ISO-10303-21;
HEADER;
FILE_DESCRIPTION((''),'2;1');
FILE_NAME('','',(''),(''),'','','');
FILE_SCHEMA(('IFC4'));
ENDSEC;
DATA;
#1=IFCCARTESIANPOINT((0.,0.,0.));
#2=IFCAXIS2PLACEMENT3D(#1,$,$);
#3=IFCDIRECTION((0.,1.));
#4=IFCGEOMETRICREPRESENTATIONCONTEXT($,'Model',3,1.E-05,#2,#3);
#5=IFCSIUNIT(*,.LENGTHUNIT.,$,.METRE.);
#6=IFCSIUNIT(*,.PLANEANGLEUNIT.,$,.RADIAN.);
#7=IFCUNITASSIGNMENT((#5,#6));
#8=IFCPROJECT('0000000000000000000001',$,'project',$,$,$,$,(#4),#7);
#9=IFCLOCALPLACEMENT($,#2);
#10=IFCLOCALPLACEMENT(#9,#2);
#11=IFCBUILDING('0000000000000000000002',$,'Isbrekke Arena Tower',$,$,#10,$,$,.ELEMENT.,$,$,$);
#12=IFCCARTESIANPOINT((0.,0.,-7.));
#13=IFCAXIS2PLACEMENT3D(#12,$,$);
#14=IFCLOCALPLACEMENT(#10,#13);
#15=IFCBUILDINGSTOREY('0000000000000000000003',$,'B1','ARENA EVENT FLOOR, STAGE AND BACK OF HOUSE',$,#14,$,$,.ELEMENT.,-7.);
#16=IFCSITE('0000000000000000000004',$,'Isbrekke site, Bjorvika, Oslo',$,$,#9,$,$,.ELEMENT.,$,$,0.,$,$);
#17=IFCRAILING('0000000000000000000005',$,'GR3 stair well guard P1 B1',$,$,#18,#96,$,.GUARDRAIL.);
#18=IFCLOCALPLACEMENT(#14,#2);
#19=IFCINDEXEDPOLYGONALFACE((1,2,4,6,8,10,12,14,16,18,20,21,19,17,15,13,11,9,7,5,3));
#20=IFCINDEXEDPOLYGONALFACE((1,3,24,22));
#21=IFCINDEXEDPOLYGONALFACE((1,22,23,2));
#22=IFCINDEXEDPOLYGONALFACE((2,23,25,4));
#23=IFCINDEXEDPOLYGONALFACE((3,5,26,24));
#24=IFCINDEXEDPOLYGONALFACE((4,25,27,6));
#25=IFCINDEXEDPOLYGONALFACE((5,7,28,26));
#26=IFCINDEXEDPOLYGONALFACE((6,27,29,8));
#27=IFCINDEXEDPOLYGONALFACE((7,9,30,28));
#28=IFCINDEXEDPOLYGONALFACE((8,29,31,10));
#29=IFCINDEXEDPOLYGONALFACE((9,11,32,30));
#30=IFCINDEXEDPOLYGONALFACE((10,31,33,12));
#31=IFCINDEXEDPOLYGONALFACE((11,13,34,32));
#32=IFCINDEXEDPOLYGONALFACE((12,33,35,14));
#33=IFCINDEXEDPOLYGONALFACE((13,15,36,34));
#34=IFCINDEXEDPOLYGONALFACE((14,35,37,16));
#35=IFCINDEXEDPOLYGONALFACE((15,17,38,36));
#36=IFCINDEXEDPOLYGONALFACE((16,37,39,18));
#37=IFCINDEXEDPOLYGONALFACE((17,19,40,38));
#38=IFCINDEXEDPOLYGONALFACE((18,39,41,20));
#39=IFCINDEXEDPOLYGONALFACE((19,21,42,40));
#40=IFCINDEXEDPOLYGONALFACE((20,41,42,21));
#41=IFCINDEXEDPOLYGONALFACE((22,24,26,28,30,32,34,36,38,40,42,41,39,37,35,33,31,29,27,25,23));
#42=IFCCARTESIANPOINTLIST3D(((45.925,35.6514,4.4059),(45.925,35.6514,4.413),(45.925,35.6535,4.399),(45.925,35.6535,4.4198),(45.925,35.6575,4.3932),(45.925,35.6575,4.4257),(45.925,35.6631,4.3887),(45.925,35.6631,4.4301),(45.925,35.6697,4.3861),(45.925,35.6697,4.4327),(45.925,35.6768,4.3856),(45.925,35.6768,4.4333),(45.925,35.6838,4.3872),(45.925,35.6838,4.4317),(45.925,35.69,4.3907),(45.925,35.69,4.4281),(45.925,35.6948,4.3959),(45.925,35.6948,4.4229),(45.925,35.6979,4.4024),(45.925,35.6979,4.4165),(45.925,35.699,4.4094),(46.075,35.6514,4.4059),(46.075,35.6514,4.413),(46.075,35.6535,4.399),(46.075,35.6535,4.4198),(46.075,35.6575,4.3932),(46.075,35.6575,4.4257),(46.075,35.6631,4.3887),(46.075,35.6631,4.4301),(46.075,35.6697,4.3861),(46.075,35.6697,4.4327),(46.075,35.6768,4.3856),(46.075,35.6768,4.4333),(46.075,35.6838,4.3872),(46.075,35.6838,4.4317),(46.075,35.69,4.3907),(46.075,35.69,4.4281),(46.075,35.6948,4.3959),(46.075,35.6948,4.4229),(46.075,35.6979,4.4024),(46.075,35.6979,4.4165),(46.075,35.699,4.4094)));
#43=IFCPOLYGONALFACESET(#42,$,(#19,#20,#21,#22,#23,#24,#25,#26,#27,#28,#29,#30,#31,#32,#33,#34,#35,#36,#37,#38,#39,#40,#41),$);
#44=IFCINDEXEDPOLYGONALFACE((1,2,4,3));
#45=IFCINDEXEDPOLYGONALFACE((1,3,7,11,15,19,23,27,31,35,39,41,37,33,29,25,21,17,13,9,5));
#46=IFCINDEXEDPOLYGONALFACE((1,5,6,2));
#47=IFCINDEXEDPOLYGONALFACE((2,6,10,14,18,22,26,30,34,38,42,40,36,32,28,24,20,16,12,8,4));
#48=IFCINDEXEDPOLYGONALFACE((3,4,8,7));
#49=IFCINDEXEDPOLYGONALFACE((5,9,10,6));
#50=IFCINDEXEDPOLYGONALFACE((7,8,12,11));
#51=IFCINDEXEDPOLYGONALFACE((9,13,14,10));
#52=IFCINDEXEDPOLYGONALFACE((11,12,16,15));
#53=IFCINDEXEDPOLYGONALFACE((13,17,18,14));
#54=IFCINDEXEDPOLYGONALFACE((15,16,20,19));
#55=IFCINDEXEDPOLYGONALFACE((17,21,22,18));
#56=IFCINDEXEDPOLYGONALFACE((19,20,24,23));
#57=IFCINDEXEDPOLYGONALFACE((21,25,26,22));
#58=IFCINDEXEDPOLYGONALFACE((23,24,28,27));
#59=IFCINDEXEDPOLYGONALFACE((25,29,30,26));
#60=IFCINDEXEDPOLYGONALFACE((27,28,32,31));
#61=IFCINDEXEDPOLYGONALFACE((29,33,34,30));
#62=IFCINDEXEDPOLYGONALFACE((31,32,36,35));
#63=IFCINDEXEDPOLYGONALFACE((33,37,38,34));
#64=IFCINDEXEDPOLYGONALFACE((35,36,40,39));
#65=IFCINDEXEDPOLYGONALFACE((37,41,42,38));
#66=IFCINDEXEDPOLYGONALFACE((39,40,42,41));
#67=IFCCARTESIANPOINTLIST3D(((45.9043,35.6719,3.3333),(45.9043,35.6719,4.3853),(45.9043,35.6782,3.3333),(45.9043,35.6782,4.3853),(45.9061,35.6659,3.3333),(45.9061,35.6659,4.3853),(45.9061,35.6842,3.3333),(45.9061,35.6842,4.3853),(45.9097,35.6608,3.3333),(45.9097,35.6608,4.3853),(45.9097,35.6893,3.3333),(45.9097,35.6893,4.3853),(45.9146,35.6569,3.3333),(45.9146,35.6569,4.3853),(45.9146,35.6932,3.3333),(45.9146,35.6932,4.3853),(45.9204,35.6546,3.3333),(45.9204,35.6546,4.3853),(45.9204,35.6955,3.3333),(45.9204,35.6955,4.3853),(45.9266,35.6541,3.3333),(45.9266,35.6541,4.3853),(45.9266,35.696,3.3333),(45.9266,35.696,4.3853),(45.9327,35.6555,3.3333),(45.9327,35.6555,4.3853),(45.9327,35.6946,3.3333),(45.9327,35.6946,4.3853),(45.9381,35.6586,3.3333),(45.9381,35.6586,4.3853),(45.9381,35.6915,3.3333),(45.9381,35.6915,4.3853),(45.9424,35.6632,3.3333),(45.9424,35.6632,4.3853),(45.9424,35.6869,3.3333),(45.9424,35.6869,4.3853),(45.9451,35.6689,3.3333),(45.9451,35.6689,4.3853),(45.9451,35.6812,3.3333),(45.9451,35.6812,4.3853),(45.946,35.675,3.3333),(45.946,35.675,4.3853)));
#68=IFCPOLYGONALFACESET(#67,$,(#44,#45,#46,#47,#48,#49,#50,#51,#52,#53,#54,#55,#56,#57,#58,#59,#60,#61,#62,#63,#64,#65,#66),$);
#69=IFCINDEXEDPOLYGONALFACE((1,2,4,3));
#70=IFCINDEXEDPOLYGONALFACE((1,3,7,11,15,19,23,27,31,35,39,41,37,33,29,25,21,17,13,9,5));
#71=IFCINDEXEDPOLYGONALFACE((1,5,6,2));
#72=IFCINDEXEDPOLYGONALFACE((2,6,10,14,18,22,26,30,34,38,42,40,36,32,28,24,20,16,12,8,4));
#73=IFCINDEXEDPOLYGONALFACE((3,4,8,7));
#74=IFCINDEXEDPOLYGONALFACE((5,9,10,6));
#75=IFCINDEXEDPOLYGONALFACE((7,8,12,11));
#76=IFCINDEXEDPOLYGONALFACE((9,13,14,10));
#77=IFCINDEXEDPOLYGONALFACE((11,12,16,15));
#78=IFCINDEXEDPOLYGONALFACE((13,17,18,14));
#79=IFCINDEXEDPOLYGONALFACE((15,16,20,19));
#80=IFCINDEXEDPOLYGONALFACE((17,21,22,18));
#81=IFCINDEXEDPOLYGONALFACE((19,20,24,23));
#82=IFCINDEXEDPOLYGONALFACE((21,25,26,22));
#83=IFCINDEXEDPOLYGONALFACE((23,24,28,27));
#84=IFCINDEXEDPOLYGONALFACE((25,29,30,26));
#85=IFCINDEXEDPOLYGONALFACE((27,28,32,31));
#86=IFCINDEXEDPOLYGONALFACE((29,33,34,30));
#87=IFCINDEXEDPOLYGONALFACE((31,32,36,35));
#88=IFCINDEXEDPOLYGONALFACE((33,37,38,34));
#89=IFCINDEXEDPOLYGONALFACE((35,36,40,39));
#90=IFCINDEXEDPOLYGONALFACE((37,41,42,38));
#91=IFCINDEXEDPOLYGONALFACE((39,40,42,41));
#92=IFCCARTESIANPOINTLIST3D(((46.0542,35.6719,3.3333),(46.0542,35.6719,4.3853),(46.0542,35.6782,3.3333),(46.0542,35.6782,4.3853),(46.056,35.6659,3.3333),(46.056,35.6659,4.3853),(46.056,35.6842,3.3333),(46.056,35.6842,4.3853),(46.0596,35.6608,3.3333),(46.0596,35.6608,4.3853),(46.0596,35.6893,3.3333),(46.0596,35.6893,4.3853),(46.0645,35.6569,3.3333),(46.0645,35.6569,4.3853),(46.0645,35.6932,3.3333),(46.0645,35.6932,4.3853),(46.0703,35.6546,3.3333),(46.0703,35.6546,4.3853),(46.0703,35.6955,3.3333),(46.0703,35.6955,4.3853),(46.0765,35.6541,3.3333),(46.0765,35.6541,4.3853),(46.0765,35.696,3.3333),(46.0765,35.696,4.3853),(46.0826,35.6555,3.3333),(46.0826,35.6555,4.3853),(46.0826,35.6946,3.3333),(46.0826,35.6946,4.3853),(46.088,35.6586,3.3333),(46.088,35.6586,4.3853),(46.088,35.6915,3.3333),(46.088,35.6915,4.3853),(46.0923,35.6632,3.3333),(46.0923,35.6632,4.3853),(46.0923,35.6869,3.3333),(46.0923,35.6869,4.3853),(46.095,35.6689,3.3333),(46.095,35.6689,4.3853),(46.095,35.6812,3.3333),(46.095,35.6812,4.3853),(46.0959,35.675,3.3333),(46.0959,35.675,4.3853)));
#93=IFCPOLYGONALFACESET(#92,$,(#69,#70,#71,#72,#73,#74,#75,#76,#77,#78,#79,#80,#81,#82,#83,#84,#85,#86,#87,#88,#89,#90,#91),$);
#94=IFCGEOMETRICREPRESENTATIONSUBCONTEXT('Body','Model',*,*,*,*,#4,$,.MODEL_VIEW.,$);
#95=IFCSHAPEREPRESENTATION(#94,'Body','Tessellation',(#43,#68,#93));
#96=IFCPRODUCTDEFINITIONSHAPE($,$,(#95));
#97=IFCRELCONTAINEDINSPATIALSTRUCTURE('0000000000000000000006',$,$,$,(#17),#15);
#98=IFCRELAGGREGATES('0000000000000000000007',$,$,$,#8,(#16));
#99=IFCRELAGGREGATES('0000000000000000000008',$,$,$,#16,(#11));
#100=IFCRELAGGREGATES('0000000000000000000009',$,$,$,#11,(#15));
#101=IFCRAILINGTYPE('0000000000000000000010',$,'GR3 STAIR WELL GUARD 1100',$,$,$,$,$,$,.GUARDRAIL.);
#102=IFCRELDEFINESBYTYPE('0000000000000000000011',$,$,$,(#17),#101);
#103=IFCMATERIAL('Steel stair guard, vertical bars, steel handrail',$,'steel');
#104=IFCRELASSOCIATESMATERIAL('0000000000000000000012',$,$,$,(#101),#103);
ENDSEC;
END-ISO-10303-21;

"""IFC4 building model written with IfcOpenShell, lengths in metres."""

from ifc_helpers import new_model, si_unit, direction, frame, origin, origin_2d, place, context, subcontext, project, spatial, circle, extrude, material, type_object, element, save


model = new_model("IFC4")

# Units and contexts
model_context = context("Model", 3, precision=1e-05, world=origin(), true_north=direction((0.0, 1.0)))
body_context = subcontext(model_context, "Body", "Model", "MODEL_VIEW")
ifc_project = project(units=[si_unit("LENGTHUNIT", "METRE"), si_unit("PLANEANGLEUNIT", "RADIAN")], contexts=[model_context])

# Site, building, storey
site_placement = place(None, origin())
site = spatial("IfcSite", under=ifc_project, at=site_placement, Name="Isbrekke site, Bjorvika, Oslo", CompositionType="ELEMENT", RefElevation=0.0)
building_placement = place(site_placement, origin())
building = spatial("IfcBuilding", under=site, at=building_placement, Name="Isbrekke Arena Tower", CompositionType="ELEMENT")
storey_placement = place(building_placement, frame((0.0, 0.0, -7.0)))
storey = spatial("IfcBuildingStorey", under=building, at=storey_placement, Name="B1", Description="ARENA EVENT FLOOR, STAGE AND BACK OF HOUSE", CompositionType="ELEMENT", Elevation=-7.0)

# Railing
ifc_material_1 = material(Name="Steel stair guard, vertical bars, steel handrail", Category="steel")
railing_type = type_object("IfcRailingType", Name="GR3 STAIR WELL GUARD 1100", PredefinedType="GUARDRAIL", material=ifc_material_1)
railing_placement = place(storey_placement, frame((45.925, 35.675, 3.3333)))
element("IfcRailing", 1, at=railing_placement, inside=storey, type_object=railing_type, Name="GR3 stair well guard P1 B1", PredefinedType="GUARDRAIL", context=body_context, shape_type="SweptSolid", body=[
    extrude(circle(Radius=0.0239, at=origin_2d()), frame((0.0, 0.0, 1.0762), z_axis=(1.0, 0.0, 0.0), x_axis=(0.0, 1.0, 0.0)), (0.0, 0.0, 1.0), 0.1499),
    extrude(circle(Radius=0.021, at=origin_2d()), origin(), (0.0, 0.0, 1.0), 1.052),
    extrude(circle(Radius=0.021, at=origin_2d()), frame((0.1499, 0.0, 0.0)), (0.0, 0.0, 1.0), 1.052),
])

save(model, "model.ifc")
